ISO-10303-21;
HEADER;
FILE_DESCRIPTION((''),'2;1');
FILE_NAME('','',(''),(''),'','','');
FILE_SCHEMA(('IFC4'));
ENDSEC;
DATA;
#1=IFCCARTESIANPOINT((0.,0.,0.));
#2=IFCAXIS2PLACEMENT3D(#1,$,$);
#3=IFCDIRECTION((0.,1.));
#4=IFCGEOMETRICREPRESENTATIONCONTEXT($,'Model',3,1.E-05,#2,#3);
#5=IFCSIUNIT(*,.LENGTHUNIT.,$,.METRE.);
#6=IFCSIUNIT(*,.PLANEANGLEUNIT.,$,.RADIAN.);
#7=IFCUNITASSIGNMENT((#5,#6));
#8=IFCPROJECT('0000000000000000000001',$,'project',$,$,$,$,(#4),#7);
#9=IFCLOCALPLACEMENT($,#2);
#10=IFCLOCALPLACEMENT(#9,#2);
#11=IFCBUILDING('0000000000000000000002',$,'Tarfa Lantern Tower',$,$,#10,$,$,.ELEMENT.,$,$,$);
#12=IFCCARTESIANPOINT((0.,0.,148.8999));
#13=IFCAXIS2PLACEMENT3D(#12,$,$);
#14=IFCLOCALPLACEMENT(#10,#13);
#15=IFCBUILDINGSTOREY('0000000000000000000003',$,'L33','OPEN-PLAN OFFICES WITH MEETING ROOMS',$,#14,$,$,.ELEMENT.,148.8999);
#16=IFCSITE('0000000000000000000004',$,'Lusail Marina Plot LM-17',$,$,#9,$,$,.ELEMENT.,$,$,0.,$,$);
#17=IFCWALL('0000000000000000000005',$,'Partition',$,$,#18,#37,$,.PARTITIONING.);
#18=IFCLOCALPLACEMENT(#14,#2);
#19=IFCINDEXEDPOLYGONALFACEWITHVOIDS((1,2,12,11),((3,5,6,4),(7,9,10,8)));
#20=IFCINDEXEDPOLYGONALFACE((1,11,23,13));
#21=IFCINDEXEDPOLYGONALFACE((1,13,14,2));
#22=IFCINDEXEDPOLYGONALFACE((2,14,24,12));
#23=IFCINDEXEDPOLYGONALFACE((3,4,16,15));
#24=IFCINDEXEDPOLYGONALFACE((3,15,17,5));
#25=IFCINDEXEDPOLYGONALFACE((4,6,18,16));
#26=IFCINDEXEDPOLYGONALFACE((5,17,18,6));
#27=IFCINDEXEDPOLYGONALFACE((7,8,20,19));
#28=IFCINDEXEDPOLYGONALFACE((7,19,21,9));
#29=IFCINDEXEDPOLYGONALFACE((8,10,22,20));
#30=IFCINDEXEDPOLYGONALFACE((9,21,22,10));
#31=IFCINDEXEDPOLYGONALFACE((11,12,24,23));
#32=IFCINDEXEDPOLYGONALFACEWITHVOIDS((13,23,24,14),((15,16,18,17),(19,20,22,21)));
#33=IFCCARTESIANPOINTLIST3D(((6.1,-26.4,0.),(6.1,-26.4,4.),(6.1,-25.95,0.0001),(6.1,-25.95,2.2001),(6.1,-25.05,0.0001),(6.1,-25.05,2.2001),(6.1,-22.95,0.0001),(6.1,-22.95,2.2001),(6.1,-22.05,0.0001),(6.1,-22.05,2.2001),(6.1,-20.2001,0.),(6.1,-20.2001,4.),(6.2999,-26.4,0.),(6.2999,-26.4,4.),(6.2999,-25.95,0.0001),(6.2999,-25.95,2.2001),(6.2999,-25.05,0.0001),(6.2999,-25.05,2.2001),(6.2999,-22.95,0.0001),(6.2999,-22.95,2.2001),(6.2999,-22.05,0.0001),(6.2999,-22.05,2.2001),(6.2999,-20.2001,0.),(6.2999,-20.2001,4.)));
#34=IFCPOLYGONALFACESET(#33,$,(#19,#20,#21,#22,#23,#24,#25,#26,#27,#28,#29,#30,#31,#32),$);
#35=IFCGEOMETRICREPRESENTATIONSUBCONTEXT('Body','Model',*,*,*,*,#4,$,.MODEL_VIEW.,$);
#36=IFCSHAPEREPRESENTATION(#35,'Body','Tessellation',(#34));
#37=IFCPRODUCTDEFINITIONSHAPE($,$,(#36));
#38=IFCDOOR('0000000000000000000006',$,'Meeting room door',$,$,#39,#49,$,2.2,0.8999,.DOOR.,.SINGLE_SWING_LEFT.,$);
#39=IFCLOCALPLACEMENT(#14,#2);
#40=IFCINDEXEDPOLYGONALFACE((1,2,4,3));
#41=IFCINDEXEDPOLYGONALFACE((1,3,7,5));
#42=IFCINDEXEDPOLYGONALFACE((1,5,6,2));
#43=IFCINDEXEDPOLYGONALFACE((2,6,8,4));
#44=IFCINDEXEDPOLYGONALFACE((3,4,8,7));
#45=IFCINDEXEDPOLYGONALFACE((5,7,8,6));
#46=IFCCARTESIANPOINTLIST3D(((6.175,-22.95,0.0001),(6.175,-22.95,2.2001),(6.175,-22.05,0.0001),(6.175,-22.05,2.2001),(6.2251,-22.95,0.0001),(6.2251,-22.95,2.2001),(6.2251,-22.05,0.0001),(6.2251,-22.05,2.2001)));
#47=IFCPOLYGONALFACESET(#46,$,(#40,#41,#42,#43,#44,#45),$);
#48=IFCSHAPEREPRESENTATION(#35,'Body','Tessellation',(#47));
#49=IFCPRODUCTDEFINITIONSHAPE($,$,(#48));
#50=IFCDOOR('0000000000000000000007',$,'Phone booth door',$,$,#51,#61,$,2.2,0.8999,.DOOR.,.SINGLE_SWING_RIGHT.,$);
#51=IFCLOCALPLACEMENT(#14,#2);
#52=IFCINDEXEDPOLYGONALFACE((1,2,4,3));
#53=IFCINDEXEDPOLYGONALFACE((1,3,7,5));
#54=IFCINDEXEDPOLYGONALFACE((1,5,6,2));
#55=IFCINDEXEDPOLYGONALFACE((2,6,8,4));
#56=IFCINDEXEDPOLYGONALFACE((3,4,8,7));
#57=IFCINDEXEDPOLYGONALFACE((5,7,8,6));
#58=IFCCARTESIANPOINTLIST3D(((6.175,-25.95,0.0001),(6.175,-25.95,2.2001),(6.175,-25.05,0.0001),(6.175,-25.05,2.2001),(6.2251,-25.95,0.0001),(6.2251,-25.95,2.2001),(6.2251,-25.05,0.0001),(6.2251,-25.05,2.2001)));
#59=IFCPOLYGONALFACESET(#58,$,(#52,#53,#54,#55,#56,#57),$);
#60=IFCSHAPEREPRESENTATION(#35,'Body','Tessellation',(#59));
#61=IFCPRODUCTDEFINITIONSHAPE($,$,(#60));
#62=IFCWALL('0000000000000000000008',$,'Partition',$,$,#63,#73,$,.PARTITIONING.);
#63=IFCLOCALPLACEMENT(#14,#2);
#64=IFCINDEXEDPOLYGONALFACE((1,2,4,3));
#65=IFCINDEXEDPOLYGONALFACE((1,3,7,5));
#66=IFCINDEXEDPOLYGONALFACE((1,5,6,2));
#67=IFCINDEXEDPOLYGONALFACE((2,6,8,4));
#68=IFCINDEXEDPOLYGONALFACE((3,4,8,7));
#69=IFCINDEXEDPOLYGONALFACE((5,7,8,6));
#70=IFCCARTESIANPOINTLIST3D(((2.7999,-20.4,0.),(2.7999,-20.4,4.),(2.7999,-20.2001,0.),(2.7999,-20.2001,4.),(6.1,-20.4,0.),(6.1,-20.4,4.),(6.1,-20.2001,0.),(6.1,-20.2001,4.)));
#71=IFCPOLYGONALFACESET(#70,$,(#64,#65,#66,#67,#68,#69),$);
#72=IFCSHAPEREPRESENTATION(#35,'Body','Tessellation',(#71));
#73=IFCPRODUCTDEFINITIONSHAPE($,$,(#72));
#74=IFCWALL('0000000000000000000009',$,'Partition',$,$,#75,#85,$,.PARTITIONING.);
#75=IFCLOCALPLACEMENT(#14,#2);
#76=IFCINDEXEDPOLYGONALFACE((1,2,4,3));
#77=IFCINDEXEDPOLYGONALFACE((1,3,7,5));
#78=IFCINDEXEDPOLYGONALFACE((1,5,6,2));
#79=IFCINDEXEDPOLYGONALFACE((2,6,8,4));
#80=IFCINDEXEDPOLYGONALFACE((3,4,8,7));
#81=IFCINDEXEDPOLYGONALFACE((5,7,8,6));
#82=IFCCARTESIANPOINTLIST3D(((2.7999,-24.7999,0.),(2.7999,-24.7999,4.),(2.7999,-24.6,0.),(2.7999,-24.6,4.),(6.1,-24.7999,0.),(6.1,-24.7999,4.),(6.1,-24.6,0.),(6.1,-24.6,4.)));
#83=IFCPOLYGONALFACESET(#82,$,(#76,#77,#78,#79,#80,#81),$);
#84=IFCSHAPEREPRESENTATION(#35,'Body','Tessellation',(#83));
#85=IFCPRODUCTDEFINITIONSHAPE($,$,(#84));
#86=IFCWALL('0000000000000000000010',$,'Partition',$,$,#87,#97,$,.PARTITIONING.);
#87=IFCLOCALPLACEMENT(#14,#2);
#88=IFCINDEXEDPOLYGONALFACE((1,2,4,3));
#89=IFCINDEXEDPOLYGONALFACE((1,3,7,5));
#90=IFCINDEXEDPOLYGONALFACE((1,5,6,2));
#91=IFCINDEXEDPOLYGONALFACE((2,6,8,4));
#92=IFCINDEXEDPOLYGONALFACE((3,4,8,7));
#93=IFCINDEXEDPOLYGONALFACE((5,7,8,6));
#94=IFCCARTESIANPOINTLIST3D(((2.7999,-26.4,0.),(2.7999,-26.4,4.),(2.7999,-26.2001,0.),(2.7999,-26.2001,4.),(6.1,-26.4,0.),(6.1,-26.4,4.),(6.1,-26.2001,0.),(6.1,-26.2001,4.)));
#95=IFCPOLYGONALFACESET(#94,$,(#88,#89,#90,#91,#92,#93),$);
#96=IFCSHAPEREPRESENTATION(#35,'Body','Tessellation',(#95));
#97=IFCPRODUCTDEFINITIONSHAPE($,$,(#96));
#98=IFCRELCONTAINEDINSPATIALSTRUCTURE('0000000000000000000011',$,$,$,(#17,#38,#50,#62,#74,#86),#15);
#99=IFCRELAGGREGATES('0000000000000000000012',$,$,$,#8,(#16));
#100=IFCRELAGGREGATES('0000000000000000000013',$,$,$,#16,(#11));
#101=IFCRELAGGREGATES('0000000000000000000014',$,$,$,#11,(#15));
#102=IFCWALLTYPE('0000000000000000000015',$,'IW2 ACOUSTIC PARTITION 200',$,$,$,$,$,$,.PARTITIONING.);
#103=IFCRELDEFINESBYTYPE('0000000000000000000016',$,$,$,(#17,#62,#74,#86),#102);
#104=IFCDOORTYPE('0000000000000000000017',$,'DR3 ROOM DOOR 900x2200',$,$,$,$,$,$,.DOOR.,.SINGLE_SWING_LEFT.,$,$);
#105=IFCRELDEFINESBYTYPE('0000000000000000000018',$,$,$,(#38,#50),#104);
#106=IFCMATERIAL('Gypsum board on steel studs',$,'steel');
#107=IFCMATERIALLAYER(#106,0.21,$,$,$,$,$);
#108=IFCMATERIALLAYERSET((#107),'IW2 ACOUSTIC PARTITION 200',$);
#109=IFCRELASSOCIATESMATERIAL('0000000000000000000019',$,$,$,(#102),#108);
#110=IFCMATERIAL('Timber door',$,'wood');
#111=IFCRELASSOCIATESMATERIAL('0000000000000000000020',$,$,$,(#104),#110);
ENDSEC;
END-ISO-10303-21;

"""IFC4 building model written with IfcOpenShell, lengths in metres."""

from ifc_helpers import new_model, si_unit, direction, frame, frame_2d, origin, place, context, subcontext, project, spatial, rectangle, extrude, material, layer, layer_set, type_object, element, fill, save


model = new_model("IFC4")

# Units and contexts
model_context = context("Model", 3, precision=1e-05, world=origin(), true_north=direction((0.0, 1.0)))
body_context = subcontext(model_context, "Body", "Model", "MODEL_VIEW")
ifc_project = project(units=[si_unit("LENGTHUNIT", "METRE"), si_unit("PLANEANGLEUNIT", "RADIAN")], contexts=[model_context])

# Site, building, storey
site_placement = place(None, origin())
site = spatial("IfcSite", under=ifc_project, at=site_placement, Name="Lusail Marina Plot LM-17", CompositionType="ELEMENT", RefElevation=0.0)
building_placement = place(site_placement, origin())
building = spatial("IfcBuilding", under=site, at=building_placement, Name="Tarfa Lantern Tower", CompositionType="ELEMENT")
storey_placement = place(building_placement, frame((0.0, 0.0, 148.8999)))
storey = spatial("IfcBuildingStorey", under=building, at=storey_placement, Name="L33", Description="OPEN-PLAN OFFICES WITH MEETING ROOMS", CompositionType="ELEMENT", Elevation=148.8999)

# Wall, openings, doors
ifc_material_1 = material(Name="Gypsum board on steel studs", Category="steel")
ifc_layer_1 = layer(ifc_material_1, 0.21)
ifc_layer_set_1 = layer_set([ifc_layer_1], Name="IW2 ACOUSTIC PARTITION 200")
wall_type_1 = type_object("IfcWallType", Name="IW2 ACOUSTIC PARTITION 200", PredefinedType="PARTITIONING", material=ifc_layer_set_1)
wall_1_placement = place(storey_placement, frame((6.2, -20.2, 0.0), z_axis=(0.0, 0.0, 1.0), x_axis=(0.0, -1.0, 0.0)))
wall_1 = element("IfcWall", 1, at=wall_1_placement, inside=storey, type_object=wall_type_1, Name="Partition", PredefinedType="PARTITIONING", context=body_context, shape_type="SweptSolid", body=[
    extrude(rectangle(XDim=6.2, YDim=0.2, at=frame_2d((3.1001, 0.0))), origin(), (0.0, 0.0, 1.0), 4.0),
])
opening_1_placement = place(wall_1_placement, frame((1.8501, 0.0, 0.0)))
opening_1 = element("IfcOpeningElement", 2, at=opening_1_placement, cuts=wall_1, PredefinedType="OPENING", context=body_context, shape_type="SweptSolid", body=[
    extrude(rectangle(XDim=0.8999, YDim=2.2, at=frame_2d((0.45, 1.1001))), frame((0.0, 0.1099, 0.0), z_axis=(0.0, -1.0, 0.0), x_axis=(1.0, 0.0, 0.0)), (0.0, 0.0, 1.0), 0.22),
])
opening_2_placement = place(wall_1_placement, frame((4.8501, 0.0, 0.0)))
opening_2 = element("IfcOpeningElement", 3, at=opening_2_placement, cuts=wall_1, PredefinedType="OPENING", context=body_context, shape_type="SweptSolid", body=[
    extrude(rectangle(XDim=0.8999, YDim=2.2, at=frame_2d((0.45, 1.1001))), frame((0.0, 0.1099, 0.0), z_axis=(0.0, -1.0, 0.0), x_axis=(1.0, 0.0, 0.0)), (0.0, 0.0, 1.0), 0.22),
])
ifc_material_2 = material(Name="Timber door", Category="wood")
door_type = type_object("IfcDoorType", Name="DR3 ROOM DOOR 900x2200", OperationType="SINGLE_SWING_LEFT", PredefinedType="DOOR", material=ifc_material_2)
door_1_placement = place(opening_1_placement, frame((0.8999, 0.0, 0.0), z_axis=(0.0, 0.0, 1.0), x_axis=(-1.0, 0.0, 0.0)))
door_1 = element("IfcDoor", 4, at=door_1_placement, inside=storey, type_object=door_type, Name="Meeting room door", OperationType="SINGLE_SWING_LEFT", OverallHeight=2.2, OverallWidth=0.8999, PredefinedType="DOOR", context=body_context, shape_type="SweptSolid", body=[
    extrude(rectangle(XDim=0.8999, YDim=2.2, at=frame_2d((0.45, 1.1001))), frame((0.0, 0.0249, 0.0), z_axis=(0.0, -1.0, 0.0), x_axis=(1.0, 0.0, 0.0)), (0.0, 0.0, 1.0), 0.05),
])
fill(opening_1, door_1)
door_2_placement = place(opening_2_placement, frame((0.8999, 0.0, 0.0), z_axis=(0.0, 0.0, 1.0), x_axis=(-1.0, 0.0, 0.0)))
door_2 = element("IfcDoor", 5, at=door_2_placement, inside=storey, type_object=door_type, Name="Phone booth door", OperationType="SINGLE_SWING_RIGHT", OverallHeight=2.2, OverallWidth=0.8999, PredefinedType="DOOR", context=body_context, shape_type="SweptSolid", body=[
    extrude(rectangle(XDim=0.8999, YDim=2.2, at=frame_2d((0.45, 1.1001))), frame((0.0, 0.0249, 0.0), z_axis=(0.0, -1.0, 0.0), x_axis=(1.0, 0.0, 0.0)), (0.0, 0.0, 1.0), 0.05),
])
fill(opening_2, door_2)

# Walls
for number, where, z_axis, x_axis, name in (
    (6, (2.8, -20.3, 0.0), (0.0, 0.0, 1.0), (1.0, 0.0, 0.0), "Partition"),
    (7, (2.8, -24.7, 0.0), (0.0, 0.0, 1.0), (1.0, 0.0, 0.0), "Partition"),
    (8, (2.8, -26.3, 0.0), (0.0, 0.0, 1.0), (1.0, 0.0, 0.0), "Partition"),
):
    element("IfcWall", number, at=place(storey_placement, frame(where, z_axis=z_axis, x_axis=x_axis)), inside=storey, type_object=wall_type_1, Name=name, PredefinedType="PARTITIONING", context=body_context, shape_type="SweptSolid", body=[
        extrude(rectangle(XDim=3.3, YDim=0.2, at=frame_2d((1.6499, 0.0))), origin(), (0.0, 0.0, 1.0), 4.0),
    ])

save(model, "model.ifc")
